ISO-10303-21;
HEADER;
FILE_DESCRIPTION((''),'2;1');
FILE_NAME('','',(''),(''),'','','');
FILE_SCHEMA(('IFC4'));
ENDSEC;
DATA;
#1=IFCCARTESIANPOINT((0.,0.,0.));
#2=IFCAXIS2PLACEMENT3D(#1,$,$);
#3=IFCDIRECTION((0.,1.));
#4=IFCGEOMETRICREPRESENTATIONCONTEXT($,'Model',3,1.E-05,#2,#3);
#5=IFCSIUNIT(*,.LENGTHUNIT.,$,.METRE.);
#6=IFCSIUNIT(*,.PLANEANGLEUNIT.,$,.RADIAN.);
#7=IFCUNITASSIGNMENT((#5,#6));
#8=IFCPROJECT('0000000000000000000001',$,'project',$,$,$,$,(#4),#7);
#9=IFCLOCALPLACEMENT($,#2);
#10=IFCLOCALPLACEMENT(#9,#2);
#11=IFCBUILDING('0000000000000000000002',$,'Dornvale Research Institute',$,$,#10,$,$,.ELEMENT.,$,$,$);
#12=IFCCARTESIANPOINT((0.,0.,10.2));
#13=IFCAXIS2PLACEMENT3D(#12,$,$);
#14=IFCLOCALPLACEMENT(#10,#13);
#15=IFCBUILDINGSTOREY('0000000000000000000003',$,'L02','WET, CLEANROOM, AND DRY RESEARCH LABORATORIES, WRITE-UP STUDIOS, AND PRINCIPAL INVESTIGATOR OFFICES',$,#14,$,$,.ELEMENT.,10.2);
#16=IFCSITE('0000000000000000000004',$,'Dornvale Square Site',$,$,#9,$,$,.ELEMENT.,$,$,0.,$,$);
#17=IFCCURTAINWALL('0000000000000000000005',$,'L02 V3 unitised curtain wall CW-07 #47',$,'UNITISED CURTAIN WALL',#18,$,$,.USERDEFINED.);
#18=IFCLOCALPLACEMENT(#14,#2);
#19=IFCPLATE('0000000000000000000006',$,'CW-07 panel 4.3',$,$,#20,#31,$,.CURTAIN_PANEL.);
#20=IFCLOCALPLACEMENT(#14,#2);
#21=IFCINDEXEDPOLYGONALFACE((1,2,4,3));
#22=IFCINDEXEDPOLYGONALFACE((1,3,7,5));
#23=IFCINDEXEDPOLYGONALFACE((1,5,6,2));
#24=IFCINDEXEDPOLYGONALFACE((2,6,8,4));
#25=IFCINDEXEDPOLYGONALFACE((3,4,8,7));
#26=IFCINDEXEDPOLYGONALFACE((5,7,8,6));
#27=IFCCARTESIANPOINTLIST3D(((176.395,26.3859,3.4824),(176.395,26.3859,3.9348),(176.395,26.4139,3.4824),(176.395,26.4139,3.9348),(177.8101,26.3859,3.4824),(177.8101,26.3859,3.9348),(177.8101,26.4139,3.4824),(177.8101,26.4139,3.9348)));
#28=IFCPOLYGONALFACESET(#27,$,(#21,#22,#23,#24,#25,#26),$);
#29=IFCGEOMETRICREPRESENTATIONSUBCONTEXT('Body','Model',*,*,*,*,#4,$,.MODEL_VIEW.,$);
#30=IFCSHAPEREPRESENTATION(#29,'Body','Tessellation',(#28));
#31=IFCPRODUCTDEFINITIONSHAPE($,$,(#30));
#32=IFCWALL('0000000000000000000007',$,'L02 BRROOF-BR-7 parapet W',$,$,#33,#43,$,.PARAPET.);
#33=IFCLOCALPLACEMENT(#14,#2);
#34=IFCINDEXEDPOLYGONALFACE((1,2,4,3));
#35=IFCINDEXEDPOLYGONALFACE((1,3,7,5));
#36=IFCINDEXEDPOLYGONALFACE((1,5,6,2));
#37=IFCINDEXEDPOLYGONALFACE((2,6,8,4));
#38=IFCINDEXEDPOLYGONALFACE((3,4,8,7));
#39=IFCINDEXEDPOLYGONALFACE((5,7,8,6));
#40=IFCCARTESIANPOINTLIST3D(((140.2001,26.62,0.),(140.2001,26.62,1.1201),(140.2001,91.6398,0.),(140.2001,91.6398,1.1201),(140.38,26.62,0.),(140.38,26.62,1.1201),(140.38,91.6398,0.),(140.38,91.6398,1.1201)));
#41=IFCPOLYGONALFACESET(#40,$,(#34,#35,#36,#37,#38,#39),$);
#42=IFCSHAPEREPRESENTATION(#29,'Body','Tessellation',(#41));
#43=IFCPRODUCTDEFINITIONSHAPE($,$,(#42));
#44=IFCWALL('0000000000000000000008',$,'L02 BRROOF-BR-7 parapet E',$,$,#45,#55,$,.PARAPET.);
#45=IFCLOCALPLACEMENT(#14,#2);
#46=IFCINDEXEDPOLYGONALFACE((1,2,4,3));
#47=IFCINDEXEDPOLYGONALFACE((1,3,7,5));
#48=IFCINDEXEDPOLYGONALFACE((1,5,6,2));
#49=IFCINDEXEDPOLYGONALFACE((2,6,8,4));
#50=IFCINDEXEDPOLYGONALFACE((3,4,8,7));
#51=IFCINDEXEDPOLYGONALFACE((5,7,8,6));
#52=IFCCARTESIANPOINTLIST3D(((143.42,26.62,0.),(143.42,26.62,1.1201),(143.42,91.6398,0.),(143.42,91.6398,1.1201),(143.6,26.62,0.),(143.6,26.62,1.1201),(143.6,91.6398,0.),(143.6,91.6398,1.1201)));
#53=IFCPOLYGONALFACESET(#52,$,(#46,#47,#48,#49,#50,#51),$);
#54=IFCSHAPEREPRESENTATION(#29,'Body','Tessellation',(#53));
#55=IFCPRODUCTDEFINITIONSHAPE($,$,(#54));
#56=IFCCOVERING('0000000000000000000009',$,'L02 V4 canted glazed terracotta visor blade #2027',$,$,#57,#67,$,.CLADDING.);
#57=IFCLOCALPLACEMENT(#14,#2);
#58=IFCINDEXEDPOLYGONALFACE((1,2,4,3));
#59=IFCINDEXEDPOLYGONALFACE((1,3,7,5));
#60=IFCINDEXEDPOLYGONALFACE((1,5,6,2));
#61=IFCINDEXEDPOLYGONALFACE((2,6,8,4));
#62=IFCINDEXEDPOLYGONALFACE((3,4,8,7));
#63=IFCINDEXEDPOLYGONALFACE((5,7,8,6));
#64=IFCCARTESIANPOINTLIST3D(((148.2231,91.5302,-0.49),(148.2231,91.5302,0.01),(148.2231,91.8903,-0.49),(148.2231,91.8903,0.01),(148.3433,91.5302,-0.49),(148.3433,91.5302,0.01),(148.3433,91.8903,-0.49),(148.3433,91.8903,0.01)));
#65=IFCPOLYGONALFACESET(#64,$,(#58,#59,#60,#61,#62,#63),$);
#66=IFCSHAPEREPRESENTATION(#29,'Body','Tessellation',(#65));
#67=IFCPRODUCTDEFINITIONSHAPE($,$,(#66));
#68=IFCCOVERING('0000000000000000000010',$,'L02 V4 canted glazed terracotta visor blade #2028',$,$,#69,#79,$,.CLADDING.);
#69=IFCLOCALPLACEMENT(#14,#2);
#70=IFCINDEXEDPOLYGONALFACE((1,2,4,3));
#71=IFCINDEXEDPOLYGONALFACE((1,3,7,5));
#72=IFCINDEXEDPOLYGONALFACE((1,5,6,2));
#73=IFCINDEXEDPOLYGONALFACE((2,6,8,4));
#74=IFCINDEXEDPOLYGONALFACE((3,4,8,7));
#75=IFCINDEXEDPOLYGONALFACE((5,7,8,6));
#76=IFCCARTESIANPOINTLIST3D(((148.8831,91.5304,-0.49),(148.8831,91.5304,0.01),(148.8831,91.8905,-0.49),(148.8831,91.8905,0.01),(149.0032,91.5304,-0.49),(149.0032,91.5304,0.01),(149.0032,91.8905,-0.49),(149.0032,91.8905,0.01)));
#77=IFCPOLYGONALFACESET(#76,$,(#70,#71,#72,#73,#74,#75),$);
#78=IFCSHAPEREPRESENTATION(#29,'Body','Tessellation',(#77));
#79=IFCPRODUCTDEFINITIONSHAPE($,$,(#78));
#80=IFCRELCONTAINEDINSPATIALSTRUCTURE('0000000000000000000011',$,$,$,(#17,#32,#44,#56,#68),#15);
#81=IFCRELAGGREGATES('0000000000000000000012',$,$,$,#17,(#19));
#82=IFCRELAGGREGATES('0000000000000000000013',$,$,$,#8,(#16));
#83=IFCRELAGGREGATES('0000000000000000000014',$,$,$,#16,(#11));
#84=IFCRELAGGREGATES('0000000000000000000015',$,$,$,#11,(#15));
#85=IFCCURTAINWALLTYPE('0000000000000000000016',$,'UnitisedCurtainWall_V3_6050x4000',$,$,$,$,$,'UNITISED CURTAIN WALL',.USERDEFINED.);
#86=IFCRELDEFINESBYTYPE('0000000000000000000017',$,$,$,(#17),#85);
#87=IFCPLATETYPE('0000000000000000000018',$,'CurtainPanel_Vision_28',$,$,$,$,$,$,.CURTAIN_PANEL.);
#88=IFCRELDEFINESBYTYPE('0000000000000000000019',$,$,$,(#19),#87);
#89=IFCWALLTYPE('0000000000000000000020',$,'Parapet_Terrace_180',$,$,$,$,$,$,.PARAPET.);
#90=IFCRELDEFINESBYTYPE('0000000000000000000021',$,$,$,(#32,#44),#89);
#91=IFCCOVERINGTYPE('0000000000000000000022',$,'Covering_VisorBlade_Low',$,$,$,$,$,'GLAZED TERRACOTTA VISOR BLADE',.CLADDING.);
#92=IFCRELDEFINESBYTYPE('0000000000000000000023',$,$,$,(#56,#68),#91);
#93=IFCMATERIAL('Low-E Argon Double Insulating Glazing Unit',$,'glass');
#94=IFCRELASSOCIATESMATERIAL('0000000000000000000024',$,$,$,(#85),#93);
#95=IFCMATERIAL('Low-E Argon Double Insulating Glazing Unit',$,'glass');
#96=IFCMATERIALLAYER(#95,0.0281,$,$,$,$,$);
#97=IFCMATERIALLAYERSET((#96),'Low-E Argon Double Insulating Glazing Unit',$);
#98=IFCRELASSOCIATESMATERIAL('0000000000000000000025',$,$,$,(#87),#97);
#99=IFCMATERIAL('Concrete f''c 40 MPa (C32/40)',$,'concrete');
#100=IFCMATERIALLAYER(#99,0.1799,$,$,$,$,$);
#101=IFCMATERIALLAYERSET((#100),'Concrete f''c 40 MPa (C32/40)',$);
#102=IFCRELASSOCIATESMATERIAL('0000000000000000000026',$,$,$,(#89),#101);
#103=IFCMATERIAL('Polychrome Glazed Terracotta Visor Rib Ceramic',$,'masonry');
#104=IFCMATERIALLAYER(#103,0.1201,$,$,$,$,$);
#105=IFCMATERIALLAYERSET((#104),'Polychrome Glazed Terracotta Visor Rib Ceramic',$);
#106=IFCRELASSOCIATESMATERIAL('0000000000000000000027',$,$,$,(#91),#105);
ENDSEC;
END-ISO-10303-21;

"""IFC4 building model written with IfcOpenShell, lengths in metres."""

from ifc_helpers import new_model, si_unit, direction, frame, frame_2d, origin, origin_2d, place, context, subcontext, project, spatial, rectangle, extrude, material, layer, layer_set, type_object, element, aggregate, save


model = new_model("IFC4")

# Units and contexts
model_context = context("Model", 3, precision=1e-05, world=origin(), true_north=direction((0.0, 1.0)))
body_context = subcontext(model_context, "Body", "Model", "MODEL_VIEW")
ifc_project = project(units=[si_unit("LENGTHUNIT", "METRE"), si_unit("PLANEANGLEUNIT", "RADIAN")], contexts=[model_context])

# Site, building, storey
site_placement = place(None, origin())
site = spatial("IfcSite", under=ifc_project, at=site_placement, Name="Dornvale Square Site", CompositionType="ELEMENT", RefElevation=0.0)
building_placement = place(site_placement, origin())
building = spatial("IfcBuilding", under=site, at=building_placement, Name="Dornvale Research Institute", CompositionType="ELEMENT")
storey_placement = place(building_placement, frame((0.0, 0.0, 10.2)))
storey = spatial("IfcBuildingStorey", under=building, at=storey_placement, Name="L02", Description="WET, CLEANROOM, AND DRY RESEARCH LABORATORIES, WRITE-UP STUDIOS, AND PRINCIPAL INVESTIGATOR OFFICES", CompositionType="ELEMENT", Elevation=10.2)

# Curtain wall, plate
ifc_material_1 = material(Name="Low-E Argon Double Insulating Glazing Unit", Category="glass")
curtain_wall_type = type_object("IfcCurtainWallType", Name="UnitisedCurtainWall_V3_6050x4000", ElementType="UNITISED CURTAIN WALL", PredefinedType="USERDEFINED", material=ifc_material_1)
curtain_wall_placement = place(storey_placement, origin())
curtain_wall = element("IfcCurtainWall", 1, at=curtain_wall_placement, inside=storey, type_object=curtain_wall_type, Name="L02 V3 unitised curtain wall CW-07 #47", ObjectType="UNITISED CURTAIN WALL", PredefinedType="USERDEFINED")
ifc_material_2 = material(Name="Low-E Argon Double Insulating Glazing Unit", Category="glass")
ifc_layer_1 = layer(ifc_material_2, 0.0281)
ifc_layer_set_1 = layer_set([ifc_layer_1], Name="Low-E Argon Double Insulating Glazing Unit")
plate_type_1 = type_object("IfcPlateType", Name="CurtainPanel_Vision_28", PredefinedType="CURTAIN_PANEL", material=ifc_layer_set_1)
plate_1_placement = place(storey_placement, frame((177.1025, 26.3999, 3.4824), z_axis=(0.0, 0.0, 1.0), x_axis=(1.0, 0.0, 0.0)))
plate_1 = element("IfcPlate", 2, at=plate_1_placement, type_object=plate_type_1, Name="CW-07 panel 4.3", PredefinedType="CURTAIN_PANEL", context=body_context, shape_type="SweptSolid", body=[
    extrude(rectangle(XDim=1.415, YDim=0.0281, at=origin_2d()), origin(), (0.0, 0.0, 1.0), 0.4524),
])
aggregate(curtain_wall, [plate_1])

# Walls
ifc_material_3 = material(Name="Concrete f'c 40 MPa (C32/40)", Category="concrete")
ifc_layer_2 = layer(ifc_material_3, 0.1799)
ifc_layer_set_2 = layer_set([ifc_layer_2], Name="Concrete f'c 40 MPa (C32/40)")
wall_type = type_object("IfcWallType", Name="Parapet_Terrace_180", PredefinedType="PARAPET", material=ifc_layer_set_2)
for number, where, z_axis, x_axis, name in (
    (3, (140.29, 26.6201, 0.0), (0.0, 0.0, 1.0), (0.0, 1.0, 0.0), "L02 BRROOF-BR-7 parapet W"),
    (4, (143.51, 26.6201, 0.0), (0.0, 0.0, 1.0), (0.0, 1.0, 0.0), "L02 BRROOF-BR-7 parapet E"),
):
    element("IfcWall", number, at=place(storey_placement, frame(where, z_axis=z_axis, x_axis=x_axis)), inside=storey, type_object=wall_type, Name=name, PredefinedType="PARAPET", context=body_context, shape_type="SweptSolid", body=[
        extrude(rectangle(XDim=65.0198, YDim=0.1799, at=frame_2d((32.5098, 0.0))), origin(), (0.0, 0.0, 1.0), 1.1201),
    ])

# Coverings
ifc_material_4 = material(Name="Polychrome Glazed Terracotta Visor Rib Ceramic", Category="masonry")
ifc_layer_3 = layer(ifc_material_4, 0.1201)
ifc_layer_set_3 = layer_set([ifc_layer_3], Name="Polychrome Glazed Terracotta Visor Rib Ceramic")
covering_type = type_object("IfcCoveringType", Name="Covering_VisorBlade_Low", ElementType="GLAZED TERRACOTTA VISOR BLADE", PredefinedType="CLADDING", material=ifc_layer_set_3)
for number, where, z_axis, x_axis, name in (
    (5, (148.2832, 91.7102, -0.49), (0.0, 0.0, 1.0), (0.0, 1.0, 0.0), "L02 V4 canted glazed terracotta visor blade #2027"),
    (6, (148.9431, 91.7104, -0.49), (0.0, 0.0, 1.0), (0.0, 1.0, 0.0), "L02 V4 canted glazed terracotta visor blade #2028"),
):
    element("IfcCovering", number, at=place(storey_placement, frame(where, z_axis=z_axis, x_axis=x_axis)), inside=storey, type_object=covering_type, Name=name, PredefinedType="CLADDING", context=body_context, shape_type="SweptSolid", body=[
        extrude(rectangle(XDim=0.3601, YDim=0.1201, at=origin_2d()), origin(), (0.0, 0.0, 1.0), 0.5),
    ])

save(model, "model.ifc")
